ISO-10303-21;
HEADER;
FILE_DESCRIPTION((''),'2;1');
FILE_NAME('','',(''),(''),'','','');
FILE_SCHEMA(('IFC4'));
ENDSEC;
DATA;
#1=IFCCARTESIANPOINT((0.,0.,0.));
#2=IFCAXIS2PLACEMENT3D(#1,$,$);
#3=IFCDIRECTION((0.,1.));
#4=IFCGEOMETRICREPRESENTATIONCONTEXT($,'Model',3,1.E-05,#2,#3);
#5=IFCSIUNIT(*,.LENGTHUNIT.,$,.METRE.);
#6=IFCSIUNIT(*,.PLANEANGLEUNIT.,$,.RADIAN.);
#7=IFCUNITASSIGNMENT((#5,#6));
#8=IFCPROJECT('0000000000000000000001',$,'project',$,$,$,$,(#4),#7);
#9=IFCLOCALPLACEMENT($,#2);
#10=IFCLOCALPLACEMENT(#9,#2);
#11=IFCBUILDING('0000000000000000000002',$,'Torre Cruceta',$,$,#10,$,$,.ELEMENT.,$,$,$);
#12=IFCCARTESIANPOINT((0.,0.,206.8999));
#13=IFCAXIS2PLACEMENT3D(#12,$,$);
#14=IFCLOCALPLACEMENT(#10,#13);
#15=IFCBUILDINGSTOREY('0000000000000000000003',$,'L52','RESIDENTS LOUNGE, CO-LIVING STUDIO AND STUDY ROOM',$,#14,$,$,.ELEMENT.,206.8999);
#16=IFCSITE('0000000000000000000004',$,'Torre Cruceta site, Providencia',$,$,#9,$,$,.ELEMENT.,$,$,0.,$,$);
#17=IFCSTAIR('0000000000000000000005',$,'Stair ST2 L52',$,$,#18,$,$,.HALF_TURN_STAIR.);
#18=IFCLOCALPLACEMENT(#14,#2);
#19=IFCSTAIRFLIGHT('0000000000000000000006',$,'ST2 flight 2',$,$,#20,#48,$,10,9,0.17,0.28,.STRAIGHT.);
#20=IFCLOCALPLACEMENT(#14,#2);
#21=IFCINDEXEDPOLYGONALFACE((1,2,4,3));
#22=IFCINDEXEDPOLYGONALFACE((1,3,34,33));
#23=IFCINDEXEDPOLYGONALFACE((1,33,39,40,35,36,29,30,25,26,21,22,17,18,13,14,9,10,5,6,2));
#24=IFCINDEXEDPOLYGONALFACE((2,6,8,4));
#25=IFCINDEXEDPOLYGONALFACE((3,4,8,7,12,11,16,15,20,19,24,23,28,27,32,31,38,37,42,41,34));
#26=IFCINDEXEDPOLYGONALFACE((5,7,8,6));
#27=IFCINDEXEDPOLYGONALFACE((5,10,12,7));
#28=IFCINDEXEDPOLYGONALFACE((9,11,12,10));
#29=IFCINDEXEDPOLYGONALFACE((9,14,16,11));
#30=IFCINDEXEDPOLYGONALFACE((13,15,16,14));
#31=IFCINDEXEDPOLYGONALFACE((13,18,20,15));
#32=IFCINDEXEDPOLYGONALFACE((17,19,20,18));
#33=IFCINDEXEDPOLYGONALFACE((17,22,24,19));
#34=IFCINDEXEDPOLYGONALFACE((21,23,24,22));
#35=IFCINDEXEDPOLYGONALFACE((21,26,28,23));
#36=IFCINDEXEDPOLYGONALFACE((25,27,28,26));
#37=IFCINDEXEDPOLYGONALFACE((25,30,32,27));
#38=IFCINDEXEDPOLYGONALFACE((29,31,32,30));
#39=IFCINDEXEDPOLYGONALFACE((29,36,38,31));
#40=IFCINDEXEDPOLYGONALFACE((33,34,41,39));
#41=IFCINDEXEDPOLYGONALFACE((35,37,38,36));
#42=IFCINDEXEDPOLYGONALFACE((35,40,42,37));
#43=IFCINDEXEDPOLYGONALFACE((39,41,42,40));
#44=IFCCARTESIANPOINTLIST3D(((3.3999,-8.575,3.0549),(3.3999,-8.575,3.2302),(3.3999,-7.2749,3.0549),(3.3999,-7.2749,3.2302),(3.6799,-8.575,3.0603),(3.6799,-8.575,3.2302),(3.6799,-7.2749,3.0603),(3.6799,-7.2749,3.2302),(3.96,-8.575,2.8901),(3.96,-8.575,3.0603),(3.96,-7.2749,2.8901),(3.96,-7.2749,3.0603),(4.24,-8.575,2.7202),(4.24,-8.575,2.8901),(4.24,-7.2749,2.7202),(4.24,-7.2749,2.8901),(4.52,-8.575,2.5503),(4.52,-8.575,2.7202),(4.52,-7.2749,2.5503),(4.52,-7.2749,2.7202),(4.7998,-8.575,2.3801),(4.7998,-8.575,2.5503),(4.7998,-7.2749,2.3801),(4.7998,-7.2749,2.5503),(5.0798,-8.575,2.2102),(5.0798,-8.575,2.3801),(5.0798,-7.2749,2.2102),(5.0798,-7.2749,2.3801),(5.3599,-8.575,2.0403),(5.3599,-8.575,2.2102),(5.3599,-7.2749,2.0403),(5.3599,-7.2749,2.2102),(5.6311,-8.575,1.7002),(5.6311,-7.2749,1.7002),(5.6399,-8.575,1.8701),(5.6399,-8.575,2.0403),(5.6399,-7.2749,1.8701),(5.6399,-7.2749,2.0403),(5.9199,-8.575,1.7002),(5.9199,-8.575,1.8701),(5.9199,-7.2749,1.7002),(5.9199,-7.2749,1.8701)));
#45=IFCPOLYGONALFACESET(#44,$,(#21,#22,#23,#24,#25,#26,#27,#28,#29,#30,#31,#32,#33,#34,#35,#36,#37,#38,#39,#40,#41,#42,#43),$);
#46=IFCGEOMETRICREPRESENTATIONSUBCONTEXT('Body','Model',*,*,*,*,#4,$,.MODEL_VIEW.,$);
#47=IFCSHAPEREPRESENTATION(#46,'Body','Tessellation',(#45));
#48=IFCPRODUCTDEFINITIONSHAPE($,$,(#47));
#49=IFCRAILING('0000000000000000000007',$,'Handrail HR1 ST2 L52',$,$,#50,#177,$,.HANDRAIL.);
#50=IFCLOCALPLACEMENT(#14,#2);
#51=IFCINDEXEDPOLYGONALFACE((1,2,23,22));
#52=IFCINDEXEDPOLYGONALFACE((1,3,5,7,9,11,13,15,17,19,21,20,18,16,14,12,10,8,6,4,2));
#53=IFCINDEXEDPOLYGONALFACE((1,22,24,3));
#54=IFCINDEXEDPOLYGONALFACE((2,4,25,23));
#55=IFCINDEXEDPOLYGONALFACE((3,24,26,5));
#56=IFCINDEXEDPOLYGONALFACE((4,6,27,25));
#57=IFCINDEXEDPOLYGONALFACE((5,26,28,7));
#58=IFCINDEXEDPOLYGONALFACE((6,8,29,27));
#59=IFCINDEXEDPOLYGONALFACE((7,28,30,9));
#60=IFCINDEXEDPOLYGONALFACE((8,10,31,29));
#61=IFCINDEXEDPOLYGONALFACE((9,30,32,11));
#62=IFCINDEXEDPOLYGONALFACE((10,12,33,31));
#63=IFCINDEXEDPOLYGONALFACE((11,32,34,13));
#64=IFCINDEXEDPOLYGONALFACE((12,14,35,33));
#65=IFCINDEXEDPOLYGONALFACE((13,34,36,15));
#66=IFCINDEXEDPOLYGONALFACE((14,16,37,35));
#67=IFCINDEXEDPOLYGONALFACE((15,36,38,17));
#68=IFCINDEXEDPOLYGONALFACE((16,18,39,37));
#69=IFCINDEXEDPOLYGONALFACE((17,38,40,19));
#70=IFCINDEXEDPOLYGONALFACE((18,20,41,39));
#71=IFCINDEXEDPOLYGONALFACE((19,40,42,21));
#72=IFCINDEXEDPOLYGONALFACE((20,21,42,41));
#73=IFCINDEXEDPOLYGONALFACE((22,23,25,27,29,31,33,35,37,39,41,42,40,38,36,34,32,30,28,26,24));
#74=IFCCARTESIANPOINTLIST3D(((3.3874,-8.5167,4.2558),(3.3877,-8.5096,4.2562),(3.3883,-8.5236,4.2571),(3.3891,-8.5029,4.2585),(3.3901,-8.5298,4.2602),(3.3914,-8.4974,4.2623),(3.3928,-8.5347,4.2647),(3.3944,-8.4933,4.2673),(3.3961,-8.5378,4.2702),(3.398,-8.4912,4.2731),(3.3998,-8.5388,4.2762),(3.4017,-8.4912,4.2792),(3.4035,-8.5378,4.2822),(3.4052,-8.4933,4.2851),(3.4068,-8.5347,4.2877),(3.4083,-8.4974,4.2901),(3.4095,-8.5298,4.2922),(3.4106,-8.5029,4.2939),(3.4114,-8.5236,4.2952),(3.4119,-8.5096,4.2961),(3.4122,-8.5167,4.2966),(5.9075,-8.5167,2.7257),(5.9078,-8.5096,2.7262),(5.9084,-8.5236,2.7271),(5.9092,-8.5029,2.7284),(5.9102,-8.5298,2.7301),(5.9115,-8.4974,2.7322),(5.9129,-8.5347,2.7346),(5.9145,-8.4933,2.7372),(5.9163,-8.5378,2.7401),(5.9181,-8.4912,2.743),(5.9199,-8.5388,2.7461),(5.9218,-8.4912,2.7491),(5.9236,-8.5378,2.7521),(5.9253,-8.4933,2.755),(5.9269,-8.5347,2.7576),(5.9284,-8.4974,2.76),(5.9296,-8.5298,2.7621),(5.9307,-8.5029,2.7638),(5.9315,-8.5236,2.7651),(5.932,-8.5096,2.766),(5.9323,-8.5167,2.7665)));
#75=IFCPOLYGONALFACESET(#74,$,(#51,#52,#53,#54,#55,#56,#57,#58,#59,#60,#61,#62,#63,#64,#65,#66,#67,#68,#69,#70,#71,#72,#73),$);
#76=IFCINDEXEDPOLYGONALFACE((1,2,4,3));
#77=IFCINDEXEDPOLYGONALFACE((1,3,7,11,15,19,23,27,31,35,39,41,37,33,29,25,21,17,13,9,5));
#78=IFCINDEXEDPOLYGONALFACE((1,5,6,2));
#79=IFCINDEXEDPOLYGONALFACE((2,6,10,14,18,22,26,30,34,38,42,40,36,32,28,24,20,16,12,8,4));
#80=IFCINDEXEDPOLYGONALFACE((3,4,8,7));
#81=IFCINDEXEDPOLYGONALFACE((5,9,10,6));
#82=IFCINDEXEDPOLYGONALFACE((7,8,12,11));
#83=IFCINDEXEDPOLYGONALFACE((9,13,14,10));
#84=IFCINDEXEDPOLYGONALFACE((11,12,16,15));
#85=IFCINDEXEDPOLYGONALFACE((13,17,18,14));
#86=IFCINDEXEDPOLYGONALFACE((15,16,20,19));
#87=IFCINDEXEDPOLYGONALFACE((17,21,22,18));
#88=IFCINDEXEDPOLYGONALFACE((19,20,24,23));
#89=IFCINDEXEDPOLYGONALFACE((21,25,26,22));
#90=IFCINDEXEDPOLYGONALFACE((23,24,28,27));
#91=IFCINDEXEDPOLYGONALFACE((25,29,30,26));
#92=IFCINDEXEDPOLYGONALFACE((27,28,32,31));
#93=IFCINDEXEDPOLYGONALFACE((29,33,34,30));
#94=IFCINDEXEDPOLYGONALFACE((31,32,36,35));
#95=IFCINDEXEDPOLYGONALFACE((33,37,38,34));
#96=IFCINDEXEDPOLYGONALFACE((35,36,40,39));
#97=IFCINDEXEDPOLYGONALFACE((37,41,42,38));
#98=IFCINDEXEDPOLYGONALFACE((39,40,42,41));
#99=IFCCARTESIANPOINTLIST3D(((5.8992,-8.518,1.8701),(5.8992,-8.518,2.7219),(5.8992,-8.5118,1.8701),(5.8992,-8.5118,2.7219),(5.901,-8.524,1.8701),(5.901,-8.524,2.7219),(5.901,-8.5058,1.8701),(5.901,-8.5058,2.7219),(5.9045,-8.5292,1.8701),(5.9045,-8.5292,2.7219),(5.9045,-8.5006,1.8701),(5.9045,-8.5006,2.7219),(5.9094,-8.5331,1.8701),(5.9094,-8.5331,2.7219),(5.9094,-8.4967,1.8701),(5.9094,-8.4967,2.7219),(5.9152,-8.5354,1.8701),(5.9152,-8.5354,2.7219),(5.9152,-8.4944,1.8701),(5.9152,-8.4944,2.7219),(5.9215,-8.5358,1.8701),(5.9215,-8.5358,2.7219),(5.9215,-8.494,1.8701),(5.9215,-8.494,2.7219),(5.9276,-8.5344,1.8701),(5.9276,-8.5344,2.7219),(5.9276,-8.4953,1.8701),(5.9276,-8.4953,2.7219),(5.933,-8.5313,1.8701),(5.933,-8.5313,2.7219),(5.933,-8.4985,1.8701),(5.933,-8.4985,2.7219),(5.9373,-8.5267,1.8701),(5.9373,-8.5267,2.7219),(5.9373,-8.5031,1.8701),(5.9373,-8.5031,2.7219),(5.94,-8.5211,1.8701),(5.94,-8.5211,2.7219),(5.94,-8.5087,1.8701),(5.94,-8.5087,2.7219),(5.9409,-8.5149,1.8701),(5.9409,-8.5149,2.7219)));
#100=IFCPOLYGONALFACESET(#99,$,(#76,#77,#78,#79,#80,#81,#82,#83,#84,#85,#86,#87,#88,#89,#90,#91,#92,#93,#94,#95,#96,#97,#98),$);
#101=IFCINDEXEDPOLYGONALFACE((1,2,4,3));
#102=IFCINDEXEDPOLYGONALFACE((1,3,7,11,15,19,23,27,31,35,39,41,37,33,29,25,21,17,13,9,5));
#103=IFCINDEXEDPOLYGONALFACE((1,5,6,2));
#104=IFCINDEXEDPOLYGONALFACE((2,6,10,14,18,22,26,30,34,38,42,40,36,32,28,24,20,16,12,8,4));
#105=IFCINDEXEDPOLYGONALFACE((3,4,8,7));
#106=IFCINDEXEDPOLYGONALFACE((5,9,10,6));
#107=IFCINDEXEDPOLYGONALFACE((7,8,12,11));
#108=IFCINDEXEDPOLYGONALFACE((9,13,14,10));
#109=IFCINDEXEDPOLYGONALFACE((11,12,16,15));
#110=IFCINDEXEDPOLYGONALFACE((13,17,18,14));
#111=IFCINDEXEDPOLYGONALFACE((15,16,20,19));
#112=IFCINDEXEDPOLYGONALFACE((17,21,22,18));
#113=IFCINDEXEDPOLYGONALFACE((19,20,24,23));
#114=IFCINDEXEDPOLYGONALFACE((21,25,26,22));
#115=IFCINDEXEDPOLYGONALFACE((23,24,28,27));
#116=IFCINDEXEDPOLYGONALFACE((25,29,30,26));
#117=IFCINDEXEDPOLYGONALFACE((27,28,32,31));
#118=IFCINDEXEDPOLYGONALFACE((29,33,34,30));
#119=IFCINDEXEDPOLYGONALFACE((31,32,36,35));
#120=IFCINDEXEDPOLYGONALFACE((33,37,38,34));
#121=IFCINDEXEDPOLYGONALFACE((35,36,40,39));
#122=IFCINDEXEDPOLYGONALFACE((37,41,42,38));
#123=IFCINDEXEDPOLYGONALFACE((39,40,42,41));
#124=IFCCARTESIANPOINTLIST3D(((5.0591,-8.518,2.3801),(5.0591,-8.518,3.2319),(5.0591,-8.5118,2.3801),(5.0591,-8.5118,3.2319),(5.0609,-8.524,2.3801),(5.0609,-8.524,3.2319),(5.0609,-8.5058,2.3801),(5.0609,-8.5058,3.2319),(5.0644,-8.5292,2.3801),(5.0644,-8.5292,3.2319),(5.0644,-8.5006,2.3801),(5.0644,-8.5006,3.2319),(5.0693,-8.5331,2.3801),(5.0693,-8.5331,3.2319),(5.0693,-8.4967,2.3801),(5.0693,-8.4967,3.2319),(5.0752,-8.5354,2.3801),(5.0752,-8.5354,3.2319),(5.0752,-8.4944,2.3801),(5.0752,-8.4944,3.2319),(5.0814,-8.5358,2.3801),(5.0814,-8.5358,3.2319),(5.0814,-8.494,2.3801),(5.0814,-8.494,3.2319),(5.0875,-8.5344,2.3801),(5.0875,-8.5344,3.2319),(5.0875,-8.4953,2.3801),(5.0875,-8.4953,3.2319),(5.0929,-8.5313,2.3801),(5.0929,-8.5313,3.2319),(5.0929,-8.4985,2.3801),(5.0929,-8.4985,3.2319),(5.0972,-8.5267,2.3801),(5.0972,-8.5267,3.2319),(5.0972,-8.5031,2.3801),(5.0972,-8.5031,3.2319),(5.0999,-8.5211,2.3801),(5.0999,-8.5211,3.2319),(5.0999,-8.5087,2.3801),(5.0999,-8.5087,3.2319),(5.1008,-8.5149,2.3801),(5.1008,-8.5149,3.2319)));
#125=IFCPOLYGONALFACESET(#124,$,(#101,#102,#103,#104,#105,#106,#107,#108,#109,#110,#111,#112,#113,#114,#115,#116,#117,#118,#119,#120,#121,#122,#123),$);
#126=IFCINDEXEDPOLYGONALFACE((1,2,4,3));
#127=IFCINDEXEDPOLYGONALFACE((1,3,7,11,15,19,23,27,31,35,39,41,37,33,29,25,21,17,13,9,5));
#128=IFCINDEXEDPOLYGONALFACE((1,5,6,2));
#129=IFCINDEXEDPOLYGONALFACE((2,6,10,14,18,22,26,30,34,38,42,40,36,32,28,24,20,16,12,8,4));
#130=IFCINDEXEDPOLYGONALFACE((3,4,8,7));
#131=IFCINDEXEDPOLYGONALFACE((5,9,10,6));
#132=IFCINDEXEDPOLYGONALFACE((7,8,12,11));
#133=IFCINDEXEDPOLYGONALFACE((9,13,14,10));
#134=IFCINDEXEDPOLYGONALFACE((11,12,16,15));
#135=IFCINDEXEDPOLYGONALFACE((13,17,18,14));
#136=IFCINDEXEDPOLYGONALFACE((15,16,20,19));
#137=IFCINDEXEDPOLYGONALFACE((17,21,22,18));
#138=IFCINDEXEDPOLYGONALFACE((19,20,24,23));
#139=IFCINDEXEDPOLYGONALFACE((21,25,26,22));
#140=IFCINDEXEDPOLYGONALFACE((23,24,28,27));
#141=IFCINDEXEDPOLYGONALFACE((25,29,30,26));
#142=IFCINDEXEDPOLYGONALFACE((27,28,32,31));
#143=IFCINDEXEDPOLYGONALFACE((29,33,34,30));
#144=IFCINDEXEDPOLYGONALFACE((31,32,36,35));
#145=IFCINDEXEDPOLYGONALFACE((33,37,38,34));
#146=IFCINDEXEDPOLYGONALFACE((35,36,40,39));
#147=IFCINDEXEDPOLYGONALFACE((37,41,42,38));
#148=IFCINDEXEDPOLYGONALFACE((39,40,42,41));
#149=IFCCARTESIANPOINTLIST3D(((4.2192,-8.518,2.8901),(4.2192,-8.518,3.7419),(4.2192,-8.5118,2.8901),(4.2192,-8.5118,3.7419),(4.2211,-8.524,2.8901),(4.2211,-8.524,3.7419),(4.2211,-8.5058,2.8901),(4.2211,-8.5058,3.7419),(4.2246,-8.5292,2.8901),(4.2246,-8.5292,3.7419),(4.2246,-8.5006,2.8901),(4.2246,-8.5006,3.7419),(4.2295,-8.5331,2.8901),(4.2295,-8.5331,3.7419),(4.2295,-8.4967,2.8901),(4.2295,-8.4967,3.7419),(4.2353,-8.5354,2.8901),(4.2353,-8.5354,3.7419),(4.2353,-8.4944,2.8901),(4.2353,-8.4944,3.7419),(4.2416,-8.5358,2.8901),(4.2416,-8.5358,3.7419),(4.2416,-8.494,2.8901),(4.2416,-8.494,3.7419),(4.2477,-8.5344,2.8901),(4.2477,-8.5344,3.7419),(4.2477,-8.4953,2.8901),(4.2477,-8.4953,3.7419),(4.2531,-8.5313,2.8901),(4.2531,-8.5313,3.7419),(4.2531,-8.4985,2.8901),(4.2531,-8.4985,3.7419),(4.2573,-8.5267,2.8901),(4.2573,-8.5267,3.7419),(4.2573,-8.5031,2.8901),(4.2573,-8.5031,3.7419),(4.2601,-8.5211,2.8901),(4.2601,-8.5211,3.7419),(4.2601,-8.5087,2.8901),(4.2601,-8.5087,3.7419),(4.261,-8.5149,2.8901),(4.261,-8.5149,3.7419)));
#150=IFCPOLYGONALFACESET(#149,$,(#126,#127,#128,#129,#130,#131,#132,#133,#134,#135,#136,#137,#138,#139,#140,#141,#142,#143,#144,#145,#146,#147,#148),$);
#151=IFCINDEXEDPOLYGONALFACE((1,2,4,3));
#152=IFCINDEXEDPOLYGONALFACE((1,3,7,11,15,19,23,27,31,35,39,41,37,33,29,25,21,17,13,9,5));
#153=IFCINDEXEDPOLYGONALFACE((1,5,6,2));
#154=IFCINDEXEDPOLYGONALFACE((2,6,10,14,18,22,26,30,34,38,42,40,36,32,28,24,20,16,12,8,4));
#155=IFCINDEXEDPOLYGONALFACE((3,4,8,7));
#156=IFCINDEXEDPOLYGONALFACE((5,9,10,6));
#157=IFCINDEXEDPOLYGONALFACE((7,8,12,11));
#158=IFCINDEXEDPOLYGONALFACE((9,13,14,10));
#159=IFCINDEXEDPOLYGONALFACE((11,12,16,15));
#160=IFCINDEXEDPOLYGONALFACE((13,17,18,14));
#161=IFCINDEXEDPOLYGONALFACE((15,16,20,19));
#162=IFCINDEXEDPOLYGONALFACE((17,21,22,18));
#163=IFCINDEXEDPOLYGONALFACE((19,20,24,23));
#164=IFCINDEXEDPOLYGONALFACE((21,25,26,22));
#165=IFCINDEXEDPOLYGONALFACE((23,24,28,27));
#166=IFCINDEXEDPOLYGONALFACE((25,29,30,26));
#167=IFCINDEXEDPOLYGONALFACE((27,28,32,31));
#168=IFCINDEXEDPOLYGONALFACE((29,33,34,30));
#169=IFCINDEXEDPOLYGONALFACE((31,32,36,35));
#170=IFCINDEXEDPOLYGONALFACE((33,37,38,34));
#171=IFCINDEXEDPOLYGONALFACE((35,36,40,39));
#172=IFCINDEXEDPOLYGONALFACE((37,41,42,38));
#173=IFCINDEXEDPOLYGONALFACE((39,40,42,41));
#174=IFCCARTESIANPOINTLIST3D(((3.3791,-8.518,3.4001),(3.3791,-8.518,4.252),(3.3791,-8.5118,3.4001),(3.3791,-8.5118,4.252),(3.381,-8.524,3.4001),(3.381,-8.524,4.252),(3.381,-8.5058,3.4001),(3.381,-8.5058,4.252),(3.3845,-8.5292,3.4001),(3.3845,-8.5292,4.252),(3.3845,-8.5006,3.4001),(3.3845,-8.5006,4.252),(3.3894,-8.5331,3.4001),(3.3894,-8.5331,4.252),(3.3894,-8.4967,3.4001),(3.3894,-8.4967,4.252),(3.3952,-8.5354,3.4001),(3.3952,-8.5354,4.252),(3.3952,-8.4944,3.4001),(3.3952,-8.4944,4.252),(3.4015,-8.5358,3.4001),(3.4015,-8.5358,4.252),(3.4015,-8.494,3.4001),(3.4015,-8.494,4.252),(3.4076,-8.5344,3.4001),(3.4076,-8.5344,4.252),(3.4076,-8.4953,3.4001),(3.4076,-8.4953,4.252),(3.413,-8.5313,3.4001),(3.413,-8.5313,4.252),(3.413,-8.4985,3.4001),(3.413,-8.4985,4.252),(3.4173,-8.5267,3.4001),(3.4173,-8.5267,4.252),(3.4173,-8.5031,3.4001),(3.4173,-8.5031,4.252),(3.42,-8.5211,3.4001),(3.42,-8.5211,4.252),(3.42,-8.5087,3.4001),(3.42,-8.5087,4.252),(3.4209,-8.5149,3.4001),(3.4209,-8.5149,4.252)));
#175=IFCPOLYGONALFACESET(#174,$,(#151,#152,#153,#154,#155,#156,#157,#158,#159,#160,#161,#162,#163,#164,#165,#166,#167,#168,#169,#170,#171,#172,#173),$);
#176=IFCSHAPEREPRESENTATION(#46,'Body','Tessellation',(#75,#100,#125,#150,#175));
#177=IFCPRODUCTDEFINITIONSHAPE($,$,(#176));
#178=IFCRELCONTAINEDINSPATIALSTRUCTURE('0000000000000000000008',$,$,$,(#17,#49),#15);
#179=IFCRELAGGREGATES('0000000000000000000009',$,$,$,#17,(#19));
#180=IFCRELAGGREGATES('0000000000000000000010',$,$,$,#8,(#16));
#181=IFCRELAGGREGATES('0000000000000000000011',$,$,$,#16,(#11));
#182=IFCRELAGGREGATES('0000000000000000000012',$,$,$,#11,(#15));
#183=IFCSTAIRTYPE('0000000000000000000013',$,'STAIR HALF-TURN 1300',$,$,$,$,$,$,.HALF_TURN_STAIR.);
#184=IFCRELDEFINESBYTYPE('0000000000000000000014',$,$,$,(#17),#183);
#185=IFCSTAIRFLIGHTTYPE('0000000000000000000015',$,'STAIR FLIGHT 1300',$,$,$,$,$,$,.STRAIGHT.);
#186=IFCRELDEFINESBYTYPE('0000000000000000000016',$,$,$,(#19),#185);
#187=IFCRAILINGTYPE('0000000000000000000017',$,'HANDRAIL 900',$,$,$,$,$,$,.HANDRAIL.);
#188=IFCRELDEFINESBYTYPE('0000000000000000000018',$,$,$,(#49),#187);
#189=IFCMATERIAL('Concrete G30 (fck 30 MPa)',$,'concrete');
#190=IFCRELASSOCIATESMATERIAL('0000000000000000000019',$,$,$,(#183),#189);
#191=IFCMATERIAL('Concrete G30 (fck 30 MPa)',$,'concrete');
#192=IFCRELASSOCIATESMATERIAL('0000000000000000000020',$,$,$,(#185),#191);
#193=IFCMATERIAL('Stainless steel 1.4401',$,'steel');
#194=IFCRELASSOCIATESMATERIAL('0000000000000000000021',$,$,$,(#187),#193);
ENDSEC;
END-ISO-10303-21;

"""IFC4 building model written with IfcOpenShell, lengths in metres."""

from ifc_helpers import new_model, si_unit, direction, frame, origin, origin_2d, place, context, subcontext, project, spatial, polyline, circle, outline, extrude, material, type_object, element, aggregate, save


model = new_model("IFC4")

# Units and contexts
model_context = context("Model", 3, precision=1e-05, world=origin(), true_north=direction((0.0, 1.0)))
body_context = subcontext(model_context, "Body", "Model", "MODEL_VIEW")
ifc_project = project(units=[si_unit("LENGTHUNIT", "METRE"), si_unit("PLANEANGLEUNIT", "RADIAN")], contexts=[model_context])

# Site, building, storey
site_placement = place(None, origin())
site = spatial("IfcSite", under=ifc_project, at=site_placement, Name="Torre Cruceta site, Providencia", CompositionType="ELEMENT", RefElevation=0.0)
building_placement = place(site_placement, origin())
building = spatial("IfcBuilding", under=site, at=building_placement, Name="Torre Cruceta", CompositionType="ELEMENT")
storey_placement = place(building_placement, frame((0.0, 0.0, 206.8999)))
storey = spatial("IfcBuildingStorey", under=building, at=storey_placement, Name="L52", Description="RESIDENTS LOUNGE, CO-LIVING STUDIO AND STUDY ROOM", CompositionType="ELEMENT", Elevation=206.8999)

# Stair, stair flight
ifc_material_1 = material(Name="Concrete G30 (fck 30 MPa)", Category="concrete")
stair_type = type_object("IfcStairType", Name="STAIR HALF-TURN 1300", PredefinedType="HALF_TURN_STAIR", material=ifc_material_1)
stair_placement = place(storey_placement, origin())
stair = element("IfcStair", 1, at=stair_placement, inside=storey, type_object=stair_type, Name="Stair ST2 L52", PredefinedType="HALF_TURN_STAIR")
ifc_material_2 = material(Name="Concrete G30 (fck 30 MPa)", Category="concrete")
stair_flight_type = type_object("IfcStairFlightType", Name="STAIR FLIGHT 1300", PredefinedType="STRAIGHT", material=ifc_material_2)
stair_flight_1_placement = place(storey_placement, frame((5.9199, -7.925, 1.7002), z_axis=(0.0, 0.0, 1.0), x_axis=(-1.0, 0.0, 0.0)))
stair_flight_1 = element("IfcStairFlight", 2, at=stair_flight_1_placement, type_object=stair_flight_type, Name="ST2 flight 2", NumberOfRisers=10, NumberOfTreads=9, PredefinedType="STRAIGHT", RiserHeight=0.17, TreadLength=0.28, context=body_context, shape_type="SweptSolid", body=[
    extrude(outline(polyline([(0.0, 0.0), (0.0, 0.1699), (0.28, 0.1699), (0.28, 0.3401), (0.5601, 0.3401), (0.5601, 0.51), (0.8401, 0.51), (0.8401, 0.6799), (1.1201, 0.6799), (1.1201, 0.8501), (1.3999, 0.8501), (1.3999, 1.02), (1.6799, 1.02), (1.6799, 1.1899), (1.96, 1.1899), (1.96, 1.3601), (2.24, 1.3601), (2.24, 1.53), (2.52, 1.53), (2.52, 1.7), (2.52, 1.3547), (0.2888, 0.0), (0.0, 0.0)])), frame((0.0, 0.6499, 0.0), z_axis=(0.0, -1.0, 0.0), x_axis=(1.0, 0.0, 0.0)), (0.0, 0.0, 1.0), 1.3),
])
aggregate(stair, [stair_flight_1])

# Railing
ifc_material_3 = material(Name="Stainless steel 1.4401", Category="steel")
railing_type = type_object("IfcRailingType", Name="HANDRAIL 900", PredefinedType="HANDRAIL", material=ifc_material_3)
railing_1_placement = place(storey_placement, frame((5.9199, -8.5149, 1.8701)))
element("IfcRailing", 3, at=railing_1_placement, inside=storey, type_object=railing_type, Name="Handrail HR1 ST2 L52", PredefinedType="HANDRAIL", context=body_context, shape_type="SweptSolid", body=[
    extrude(circle(Radius=0.0239, at=origin_2d()), frame((0.0, 0.0, 0.876), z_axis=(-0.854785, 0.0, 0.518982), x_axis=(0.0, -1.0, 0.0)), (0.0, 0.0, 1.0), 2.9482),
    extrude(circle(Radius=0.021, at=origin_2d()), origin(), (0.0, 0.0, 1.0), 0.8518),
    extrude(circle(Radius=0.021, at=origin_2d()), frame((-0.8401, 0.0, 0.51)), (0.0, 0.0, 1.0), 0.8518),
    extrude(circle(Radius=0.021, at=origin_2d()), frame((-1.6799, 0.0, 1.02)), (0.0, 0.0, 1.0), 0.8518),
    extrude(circle(Radius=0.021, at=origin_2d()), frame((-2.52, 0.0, 1.53)), (0.0, 0.0, 1.0), 0.8518),
])

save(model, "model.ifc")
